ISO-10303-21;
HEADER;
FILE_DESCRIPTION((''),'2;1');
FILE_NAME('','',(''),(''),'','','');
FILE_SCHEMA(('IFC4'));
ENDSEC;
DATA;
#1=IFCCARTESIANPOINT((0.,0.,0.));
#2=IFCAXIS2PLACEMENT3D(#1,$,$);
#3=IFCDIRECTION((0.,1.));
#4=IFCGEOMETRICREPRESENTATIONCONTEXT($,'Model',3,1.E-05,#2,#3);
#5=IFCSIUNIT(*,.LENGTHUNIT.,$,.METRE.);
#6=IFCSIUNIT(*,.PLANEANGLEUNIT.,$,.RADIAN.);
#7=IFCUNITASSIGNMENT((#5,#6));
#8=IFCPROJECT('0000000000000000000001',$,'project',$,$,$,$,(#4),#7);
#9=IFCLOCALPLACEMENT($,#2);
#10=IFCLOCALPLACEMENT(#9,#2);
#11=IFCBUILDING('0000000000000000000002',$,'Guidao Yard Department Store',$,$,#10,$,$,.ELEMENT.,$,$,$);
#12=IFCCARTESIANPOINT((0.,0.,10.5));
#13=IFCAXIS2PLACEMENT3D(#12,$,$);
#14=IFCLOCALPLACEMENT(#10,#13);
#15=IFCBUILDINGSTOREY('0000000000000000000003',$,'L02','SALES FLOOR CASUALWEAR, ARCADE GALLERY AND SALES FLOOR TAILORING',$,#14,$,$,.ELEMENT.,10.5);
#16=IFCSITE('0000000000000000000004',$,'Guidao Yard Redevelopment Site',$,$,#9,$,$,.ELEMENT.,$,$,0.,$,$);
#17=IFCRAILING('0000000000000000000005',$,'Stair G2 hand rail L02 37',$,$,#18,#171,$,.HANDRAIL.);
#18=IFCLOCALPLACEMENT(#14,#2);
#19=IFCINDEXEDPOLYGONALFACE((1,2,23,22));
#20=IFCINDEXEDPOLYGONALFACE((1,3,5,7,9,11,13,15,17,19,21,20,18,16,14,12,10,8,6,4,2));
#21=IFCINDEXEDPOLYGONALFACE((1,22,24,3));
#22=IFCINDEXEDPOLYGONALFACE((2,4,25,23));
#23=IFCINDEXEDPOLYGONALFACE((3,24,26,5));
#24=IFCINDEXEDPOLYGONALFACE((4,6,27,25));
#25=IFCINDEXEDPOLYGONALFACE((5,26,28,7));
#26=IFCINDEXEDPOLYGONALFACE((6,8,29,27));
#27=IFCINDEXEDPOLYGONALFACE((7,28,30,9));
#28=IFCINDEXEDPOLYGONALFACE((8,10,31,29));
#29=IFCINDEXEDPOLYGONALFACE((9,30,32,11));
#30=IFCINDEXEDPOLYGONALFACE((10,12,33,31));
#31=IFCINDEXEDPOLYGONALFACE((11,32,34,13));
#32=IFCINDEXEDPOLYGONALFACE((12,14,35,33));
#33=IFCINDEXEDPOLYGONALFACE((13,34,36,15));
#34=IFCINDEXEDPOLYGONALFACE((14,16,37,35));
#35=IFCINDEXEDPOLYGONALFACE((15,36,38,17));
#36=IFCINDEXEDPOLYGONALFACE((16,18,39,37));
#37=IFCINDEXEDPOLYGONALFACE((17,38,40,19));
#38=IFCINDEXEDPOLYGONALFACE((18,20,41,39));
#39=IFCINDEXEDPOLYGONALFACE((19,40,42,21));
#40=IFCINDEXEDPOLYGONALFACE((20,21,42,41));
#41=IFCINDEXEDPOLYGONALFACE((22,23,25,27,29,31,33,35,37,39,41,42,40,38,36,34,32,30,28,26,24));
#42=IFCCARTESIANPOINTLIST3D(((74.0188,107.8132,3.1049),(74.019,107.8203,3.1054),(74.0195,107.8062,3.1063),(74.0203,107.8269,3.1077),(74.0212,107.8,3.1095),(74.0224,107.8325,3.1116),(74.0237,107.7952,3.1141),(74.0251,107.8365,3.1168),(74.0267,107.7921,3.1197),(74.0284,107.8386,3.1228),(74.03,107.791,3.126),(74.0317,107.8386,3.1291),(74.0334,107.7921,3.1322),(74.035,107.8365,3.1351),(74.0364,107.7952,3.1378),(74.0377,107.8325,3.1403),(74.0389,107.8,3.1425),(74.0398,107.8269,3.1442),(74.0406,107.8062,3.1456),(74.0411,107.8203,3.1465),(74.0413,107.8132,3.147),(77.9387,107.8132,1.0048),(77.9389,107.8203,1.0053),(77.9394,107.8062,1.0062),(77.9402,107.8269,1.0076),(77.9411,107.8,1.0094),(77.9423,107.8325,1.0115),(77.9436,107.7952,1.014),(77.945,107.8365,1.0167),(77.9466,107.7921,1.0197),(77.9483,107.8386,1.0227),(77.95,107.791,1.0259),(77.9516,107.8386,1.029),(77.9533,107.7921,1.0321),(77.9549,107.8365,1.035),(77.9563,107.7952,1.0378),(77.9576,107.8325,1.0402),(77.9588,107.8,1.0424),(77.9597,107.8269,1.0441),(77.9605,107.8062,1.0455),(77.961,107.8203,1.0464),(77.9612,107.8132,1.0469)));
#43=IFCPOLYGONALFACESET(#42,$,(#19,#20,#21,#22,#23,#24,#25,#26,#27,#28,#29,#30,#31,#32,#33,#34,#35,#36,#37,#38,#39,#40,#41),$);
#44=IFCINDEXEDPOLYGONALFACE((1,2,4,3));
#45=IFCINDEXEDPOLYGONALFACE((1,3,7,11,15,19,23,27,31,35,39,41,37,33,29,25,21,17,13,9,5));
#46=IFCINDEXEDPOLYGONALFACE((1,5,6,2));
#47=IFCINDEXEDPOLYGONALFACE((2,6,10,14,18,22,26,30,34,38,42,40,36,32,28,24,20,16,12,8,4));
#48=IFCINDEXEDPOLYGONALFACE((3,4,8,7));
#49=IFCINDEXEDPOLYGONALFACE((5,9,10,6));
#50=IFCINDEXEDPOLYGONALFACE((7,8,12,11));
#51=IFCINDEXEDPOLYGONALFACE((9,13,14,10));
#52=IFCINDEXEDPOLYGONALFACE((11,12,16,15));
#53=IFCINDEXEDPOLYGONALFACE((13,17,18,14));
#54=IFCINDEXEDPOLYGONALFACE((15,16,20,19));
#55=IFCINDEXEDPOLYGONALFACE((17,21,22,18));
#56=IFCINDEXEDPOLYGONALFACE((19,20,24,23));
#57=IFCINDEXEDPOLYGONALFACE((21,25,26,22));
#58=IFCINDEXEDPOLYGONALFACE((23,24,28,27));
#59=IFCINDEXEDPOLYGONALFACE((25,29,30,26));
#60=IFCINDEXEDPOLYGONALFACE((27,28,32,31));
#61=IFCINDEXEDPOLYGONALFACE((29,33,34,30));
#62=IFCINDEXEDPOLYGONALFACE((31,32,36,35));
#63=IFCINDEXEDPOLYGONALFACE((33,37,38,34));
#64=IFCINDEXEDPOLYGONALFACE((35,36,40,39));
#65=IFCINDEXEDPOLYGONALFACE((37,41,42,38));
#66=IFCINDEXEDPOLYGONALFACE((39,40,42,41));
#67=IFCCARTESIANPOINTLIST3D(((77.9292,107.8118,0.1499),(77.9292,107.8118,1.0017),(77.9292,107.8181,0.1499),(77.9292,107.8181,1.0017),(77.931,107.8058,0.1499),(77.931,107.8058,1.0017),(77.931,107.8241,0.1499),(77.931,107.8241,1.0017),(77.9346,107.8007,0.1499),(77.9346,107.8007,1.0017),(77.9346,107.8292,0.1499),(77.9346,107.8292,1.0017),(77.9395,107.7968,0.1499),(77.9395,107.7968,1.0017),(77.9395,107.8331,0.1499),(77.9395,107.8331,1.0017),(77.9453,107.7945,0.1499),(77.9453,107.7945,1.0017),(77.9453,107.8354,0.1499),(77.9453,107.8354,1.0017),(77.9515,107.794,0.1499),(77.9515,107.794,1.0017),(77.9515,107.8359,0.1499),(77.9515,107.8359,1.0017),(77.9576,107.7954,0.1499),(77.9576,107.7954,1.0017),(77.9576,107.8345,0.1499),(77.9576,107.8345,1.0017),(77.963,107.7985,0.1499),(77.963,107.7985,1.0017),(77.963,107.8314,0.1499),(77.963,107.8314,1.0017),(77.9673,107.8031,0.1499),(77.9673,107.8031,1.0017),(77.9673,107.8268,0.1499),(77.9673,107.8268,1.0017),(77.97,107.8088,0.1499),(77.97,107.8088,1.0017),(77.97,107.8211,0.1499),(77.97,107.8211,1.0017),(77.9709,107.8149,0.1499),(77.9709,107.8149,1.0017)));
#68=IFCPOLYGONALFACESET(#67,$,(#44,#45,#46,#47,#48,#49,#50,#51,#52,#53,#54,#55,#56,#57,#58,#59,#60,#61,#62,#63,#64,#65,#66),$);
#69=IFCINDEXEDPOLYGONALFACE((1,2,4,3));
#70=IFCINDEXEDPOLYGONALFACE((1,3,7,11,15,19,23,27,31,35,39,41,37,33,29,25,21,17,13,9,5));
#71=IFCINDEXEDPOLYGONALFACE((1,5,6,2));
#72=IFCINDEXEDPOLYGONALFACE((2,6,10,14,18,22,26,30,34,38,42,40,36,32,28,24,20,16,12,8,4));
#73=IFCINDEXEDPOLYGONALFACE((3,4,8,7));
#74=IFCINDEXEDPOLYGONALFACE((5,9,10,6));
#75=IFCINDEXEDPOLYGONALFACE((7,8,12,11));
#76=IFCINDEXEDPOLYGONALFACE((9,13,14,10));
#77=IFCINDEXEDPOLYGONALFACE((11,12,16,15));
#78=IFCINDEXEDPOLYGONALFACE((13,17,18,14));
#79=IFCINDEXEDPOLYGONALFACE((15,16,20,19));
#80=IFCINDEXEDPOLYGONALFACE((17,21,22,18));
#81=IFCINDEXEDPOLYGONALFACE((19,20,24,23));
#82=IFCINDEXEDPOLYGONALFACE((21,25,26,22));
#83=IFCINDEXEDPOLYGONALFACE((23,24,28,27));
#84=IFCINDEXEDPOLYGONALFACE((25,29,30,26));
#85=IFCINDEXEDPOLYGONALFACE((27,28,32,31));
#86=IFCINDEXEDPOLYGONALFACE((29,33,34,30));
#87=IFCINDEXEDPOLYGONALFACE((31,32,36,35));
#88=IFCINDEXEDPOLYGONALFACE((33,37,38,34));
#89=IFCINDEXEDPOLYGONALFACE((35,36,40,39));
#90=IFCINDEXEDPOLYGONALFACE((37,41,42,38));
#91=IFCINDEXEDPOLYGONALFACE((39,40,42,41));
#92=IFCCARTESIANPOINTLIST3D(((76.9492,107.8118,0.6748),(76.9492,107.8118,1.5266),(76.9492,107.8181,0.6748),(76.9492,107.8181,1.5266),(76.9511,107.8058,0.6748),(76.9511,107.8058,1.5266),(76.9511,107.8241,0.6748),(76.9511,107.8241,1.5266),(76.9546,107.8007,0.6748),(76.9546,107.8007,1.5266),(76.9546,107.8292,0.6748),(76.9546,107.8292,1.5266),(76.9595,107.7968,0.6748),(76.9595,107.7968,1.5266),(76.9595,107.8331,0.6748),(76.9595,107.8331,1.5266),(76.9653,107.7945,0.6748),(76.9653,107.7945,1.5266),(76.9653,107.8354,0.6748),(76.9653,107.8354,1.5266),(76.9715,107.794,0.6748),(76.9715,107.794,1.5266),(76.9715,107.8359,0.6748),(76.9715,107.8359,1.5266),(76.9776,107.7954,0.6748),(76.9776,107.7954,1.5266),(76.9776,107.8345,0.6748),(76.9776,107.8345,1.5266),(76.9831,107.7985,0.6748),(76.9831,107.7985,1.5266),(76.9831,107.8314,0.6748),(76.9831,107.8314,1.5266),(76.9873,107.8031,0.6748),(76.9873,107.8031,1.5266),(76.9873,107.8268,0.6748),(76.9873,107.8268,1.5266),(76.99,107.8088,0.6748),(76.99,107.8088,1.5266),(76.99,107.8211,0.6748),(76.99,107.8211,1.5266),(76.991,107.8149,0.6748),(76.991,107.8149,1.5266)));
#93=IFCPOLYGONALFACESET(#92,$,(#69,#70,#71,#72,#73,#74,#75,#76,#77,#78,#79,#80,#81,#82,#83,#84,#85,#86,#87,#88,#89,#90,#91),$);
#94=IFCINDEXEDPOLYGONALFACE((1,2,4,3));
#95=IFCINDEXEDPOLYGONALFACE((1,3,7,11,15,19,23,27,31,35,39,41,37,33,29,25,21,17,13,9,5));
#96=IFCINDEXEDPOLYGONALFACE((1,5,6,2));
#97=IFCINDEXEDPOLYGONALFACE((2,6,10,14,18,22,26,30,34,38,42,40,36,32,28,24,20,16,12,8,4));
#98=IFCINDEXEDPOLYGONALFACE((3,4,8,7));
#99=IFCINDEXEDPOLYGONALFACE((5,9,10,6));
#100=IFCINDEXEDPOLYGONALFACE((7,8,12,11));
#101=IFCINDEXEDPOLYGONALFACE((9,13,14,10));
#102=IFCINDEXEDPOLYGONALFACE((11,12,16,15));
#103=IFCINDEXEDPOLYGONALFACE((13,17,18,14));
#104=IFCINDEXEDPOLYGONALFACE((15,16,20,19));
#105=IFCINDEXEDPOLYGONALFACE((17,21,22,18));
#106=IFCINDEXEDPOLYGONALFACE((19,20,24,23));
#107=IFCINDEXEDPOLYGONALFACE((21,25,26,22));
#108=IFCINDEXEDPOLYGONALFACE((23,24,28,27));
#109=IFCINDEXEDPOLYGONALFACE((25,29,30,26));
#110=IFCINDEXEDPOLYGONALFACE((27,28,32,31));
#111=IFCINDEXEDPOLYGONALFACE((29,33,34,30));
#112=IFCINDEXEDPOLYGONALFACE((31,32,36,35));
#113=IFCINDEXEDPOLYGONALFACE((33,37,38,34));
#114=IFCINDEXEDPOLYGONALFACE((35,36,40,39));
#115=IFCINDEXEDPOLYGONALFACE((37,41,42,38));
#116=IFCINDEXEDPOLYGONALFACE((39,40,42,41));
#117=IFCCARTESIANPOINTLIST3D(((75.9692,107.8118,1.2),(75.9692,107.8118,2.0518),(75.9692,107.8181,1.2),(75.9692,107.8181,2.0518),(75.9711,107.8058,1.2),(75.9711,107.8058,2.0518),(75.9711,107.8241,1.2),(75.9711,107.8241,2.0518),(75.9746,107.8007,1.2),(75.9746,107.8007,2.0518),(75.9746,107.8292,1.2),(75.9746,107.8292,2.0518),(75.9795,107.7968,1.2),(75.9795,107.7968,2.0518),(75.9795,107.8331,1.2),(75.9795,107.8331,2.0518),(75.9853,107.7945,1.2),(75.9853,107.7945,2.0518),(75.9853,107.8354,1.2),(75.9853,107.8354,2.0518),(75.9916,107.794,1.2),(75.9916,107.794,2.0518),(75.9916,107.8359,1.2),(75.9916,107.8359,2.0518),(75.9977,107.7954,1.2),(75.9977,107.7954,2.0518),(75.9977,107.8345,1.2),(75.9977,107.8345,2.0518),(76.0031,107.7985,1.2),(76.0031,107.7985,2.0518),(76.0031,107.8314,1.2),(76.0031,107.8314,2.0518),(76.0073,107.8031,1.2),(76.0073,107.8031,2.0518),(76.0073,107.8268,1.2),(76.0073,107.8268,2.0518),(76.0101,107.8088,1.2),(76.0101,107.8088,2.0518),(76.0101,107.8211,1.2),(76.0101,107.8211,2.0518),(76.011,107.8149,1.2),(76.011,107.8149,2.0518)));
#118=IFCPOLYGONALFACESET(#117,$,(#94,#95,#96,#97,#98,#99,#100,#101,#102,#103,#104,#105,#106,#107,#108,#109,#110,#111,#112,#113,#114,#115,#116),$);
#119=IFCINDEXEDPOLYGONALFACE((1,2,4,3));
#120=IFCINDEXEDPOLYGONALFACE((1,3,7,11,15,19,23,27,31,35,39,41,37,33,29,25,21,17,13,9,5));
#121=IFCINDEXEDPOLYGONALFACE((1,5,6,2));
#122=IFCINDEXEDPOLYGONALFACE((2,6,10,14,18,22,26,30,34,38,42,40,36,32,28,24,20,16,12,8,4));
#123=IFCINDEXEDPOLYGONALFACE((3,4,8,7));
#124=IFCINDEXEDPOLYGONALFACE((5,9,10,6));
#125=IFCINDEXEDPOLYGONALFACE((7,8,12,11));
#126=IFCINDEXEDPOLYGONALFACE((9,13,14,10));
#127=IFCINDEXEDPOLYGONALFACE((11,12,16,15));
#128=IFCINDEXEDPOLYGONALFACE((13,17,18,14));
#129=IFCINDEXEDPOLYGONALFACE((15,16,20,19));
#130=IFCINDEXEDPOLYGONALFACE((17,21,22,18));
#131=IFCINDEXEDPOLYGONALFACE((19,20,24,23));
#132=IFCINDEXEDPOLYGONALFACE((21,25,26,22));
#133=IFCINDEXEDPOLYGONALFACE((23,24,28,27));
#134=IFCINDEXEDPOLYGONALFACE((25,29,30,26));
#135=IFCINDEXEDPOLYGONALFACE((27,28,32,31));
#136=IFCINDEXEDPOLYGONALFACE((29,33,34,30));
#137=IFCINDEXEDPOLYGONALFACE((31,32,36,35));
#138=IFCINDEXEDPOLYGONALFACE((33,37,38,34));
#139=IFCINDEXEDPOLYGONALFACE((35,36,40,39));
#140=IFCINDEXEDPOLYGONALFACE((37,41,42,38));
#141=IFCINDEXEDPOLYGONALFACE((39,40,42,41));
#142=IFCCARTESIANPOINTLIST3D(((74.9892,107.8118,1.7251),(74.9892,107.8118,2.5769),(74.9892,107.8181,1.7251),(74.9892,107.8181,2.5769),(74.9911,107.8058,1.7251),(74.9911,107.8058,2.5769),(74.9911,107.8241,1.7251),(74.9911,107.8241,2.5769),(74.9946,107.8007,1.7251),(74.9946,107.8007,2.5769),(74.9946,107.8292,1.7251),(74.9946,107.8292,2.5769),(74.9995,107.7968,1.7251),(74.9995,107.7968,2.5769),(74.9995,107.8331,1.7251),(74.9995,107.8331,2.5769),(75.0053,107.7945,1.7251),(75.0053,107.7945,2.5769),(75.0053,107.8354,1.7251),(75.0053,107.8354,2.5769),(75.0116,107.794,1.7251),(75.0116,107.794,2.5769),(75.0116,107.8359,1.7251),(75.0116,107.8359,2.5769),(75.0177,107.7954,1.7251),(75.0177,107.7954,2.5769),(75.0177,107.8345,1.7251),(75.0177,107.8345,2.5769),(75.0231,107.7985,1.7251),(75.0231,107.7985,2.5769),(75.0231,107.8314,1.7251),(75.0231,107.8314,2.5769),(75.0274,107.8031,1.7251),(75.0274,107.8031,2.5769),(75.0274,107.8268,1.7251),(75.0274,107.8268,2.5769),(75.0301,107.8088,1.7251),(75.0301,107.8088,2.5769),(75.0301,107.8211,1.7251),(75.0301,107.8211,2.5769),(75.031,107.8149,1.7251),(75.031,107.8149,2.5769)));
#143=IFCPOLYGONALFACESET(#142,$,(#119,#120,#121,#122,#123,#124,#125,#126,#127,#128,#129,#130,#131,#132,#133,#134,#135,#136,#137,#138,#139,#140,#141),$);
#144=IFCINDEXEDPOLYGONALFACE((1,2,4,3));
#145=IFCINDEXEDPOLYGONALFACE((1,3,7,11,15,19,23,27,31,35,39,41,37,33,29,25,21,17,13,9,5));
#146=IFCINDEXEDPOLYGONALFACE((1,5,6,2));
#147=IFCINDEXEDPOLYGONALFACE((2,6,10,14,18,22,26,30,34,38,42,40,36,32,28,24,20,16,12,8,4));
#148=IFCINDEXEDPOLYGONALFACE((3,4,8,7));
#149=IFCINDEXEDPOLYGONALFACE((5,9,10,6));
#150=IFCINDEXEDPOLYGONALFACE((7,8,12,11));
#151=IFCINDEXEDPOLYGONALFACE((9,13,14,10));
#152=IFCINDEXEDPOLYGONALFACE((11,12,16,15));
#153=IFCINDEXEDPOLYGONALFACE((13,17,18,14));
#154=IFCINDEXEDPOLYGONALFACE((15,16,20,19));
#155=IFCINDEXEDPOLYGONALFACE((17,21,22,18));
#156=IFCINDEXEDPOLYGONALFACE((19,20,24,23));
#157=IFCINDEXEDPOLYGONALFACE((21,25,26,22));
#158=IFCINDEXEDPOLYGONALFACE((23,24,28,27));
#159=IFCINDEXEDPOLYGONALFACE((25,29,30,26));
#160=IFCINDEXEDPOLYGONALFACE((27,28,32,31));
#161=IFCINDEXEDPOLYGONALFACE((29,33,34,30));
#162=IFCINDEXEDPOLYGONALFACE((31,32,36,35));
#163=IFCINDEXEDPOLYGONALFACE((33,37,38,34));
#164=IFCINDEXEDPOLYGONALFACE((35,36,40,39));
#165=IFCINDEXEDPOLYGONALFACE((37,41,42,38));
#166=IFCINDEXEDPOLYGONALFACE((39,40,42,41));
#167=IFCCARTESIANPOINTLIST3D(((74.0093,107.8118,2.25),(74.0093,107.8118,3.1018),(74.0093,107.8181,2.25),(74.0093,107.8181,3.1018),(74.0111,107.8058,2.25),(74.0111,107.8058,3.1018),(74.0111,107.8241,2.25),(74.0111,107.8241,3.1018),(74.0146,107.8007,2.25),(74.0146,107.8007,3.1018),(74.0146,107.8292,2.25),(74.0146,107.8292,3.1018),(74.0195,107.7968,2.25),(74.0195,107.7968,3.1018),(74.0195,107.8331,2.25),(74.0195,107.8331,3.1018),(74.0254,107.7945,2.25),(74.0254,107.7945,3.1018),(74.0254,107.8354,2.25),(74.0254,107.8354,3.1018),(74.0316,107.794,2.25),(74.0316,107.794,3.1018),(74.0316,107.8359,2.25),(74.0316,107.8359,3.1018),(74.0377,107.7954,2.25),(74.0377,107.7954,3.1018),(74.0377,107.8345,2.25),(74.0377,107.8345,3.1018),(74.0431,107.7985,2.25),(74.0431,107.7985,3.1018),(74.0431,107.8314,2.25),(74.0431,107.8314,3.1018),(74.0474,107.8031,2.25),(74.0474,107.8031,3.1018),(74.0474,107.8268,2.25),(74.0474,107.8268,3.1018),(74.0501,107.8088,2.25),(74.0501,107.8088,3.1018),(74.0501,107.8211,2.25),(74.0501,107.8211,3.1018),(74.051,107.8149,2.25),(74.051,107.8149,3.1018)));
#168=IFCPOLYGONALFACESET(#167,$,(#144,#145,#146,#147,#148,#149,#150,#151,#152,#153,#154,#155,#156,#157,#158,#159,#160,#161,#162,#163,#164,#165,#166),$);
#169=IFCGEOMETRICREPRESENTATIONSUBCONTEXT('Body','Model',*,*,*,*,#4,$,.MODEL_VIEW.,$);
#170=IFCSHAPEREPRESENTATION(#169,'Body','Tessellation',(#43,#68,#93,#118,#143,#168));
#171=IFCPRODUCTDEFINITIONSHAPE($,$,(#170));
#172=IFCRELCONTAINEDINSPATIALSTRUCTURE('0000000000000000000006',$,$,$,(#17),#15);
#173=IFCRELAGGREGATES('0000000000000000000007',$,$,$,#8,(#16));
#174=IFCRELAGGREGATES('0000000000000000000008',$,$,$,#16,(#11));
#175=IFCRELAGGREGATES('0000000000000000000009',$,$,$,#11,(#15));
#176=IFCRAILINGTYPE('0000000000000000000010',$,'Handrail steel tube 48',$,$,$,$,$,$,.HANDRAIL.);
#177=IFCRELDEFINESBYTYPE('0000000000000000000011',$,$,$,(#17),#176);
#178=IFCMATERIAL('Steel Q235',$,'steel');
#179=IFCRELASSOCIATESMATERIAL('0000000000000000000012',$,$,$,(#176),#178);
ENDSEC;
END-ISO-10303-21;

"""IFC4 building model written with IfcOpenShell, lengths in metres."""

from ifc_helpers import new_model, si_unit, direction, frame, origin, origin_2d, place, context, subcontext, project, spatial, circle, extrude, material, type_object, element, save


model = new_model("IFC4")

# Units and contexts
model_context = context("Model", 3, precision=1e-05, world=origin(), true_north=direction((0.0, 1.0)))
body_context = subcontext(model_context, "Body", "Model", "MODEL_VIEW")
ifc_project = project(units=[si_unit("LENGTHUNIT", "METRE"), si_unit("PLANEANGLEUNIT", "RADIAN")], contexts=[model_context])

# Site, building, storey
site_placement = place(None, origin())
site = spatial("IfcSite", under=ifc_project, at=site_placement, Name="Guidao Yard Redevelopment Site", CompositionType="ELEMENT", RefElevation=0.0)
building_placement = place(site_placement, origin())
building = spatial("IfcBuilding", under=site, at=building_placement, Name="Guidao Yard Department Store", CompositionType="ELEMENT")
storey_placement = place(building_placement, frame((0.0, 0.0, 10.5)))
storey = spatial("IfcBuildingStorey", under=building, at=storey_placement, Name="L02", Description="SALES FLOOR CASUALWEAR, ARCADE GALLERY AND SALES FLOOR TAILORING", CompositionType="ELEMENT", Elevation=10.5)

# Railing
ifc_material_1 = material(Name="Steel Q235", Category="steel")
railing_type_1 = type_object("IfcRailingType", Name="Handrail steel tube 48", PredefinedType="HANDRAIL", material=ifc_material_1)
for number, where, name in (
    (1, (77.95, 107.8149, 0.1499), "Stair G2 hand rail L02 37"),
):
    element("IfcRailing", number, at=place(storey_placement, frame(where)), inside=storey, type_object=railing_type_1, Name=name, PredefinedType="HANDRAIL", context=body_context, shape_type="SweptSolid", body=[
        extrude(circle(Radius=0.0239, at=origin_2d()), frame((0.0, 0.0, 0.876), z_axis=(-0.881467, 0.0, 0.472246), x_axis=(0.0, -1.0, 0.0)), (0.0, 0.0, 1.0), 4.447),
        extrude(circle(Radius=0.021, at=origin_2d()), origin(), (0.0, 0.0, 1.0), 0.8518),
        extrude(circle(Radius=0.021, at=origin_2d()), frame((-0.98, 0.0, 0.5249)), (0.0, 0.0, 1.0), 0.8518),
        extrude(circle(Radius=0.021, at=origin_2d()), frame((-1.96, 0.0, 1.05)), (0.0, 0.0, 1.0), 0.8518),
        extrude(circle(Radius=0.021, at=origin_2d()), frame((-2.9399, 0.0, 1.5752)), (0.0, 0.0, 1.0), 0.8518),
        extrude(circle(Radius=0.021, at=origin_2d()), frame((-3.9199, 0.0, 2.1001)), (0.0, 0.0, 1.0), 0.8518),
    ])

save(model, "model.ifc")
